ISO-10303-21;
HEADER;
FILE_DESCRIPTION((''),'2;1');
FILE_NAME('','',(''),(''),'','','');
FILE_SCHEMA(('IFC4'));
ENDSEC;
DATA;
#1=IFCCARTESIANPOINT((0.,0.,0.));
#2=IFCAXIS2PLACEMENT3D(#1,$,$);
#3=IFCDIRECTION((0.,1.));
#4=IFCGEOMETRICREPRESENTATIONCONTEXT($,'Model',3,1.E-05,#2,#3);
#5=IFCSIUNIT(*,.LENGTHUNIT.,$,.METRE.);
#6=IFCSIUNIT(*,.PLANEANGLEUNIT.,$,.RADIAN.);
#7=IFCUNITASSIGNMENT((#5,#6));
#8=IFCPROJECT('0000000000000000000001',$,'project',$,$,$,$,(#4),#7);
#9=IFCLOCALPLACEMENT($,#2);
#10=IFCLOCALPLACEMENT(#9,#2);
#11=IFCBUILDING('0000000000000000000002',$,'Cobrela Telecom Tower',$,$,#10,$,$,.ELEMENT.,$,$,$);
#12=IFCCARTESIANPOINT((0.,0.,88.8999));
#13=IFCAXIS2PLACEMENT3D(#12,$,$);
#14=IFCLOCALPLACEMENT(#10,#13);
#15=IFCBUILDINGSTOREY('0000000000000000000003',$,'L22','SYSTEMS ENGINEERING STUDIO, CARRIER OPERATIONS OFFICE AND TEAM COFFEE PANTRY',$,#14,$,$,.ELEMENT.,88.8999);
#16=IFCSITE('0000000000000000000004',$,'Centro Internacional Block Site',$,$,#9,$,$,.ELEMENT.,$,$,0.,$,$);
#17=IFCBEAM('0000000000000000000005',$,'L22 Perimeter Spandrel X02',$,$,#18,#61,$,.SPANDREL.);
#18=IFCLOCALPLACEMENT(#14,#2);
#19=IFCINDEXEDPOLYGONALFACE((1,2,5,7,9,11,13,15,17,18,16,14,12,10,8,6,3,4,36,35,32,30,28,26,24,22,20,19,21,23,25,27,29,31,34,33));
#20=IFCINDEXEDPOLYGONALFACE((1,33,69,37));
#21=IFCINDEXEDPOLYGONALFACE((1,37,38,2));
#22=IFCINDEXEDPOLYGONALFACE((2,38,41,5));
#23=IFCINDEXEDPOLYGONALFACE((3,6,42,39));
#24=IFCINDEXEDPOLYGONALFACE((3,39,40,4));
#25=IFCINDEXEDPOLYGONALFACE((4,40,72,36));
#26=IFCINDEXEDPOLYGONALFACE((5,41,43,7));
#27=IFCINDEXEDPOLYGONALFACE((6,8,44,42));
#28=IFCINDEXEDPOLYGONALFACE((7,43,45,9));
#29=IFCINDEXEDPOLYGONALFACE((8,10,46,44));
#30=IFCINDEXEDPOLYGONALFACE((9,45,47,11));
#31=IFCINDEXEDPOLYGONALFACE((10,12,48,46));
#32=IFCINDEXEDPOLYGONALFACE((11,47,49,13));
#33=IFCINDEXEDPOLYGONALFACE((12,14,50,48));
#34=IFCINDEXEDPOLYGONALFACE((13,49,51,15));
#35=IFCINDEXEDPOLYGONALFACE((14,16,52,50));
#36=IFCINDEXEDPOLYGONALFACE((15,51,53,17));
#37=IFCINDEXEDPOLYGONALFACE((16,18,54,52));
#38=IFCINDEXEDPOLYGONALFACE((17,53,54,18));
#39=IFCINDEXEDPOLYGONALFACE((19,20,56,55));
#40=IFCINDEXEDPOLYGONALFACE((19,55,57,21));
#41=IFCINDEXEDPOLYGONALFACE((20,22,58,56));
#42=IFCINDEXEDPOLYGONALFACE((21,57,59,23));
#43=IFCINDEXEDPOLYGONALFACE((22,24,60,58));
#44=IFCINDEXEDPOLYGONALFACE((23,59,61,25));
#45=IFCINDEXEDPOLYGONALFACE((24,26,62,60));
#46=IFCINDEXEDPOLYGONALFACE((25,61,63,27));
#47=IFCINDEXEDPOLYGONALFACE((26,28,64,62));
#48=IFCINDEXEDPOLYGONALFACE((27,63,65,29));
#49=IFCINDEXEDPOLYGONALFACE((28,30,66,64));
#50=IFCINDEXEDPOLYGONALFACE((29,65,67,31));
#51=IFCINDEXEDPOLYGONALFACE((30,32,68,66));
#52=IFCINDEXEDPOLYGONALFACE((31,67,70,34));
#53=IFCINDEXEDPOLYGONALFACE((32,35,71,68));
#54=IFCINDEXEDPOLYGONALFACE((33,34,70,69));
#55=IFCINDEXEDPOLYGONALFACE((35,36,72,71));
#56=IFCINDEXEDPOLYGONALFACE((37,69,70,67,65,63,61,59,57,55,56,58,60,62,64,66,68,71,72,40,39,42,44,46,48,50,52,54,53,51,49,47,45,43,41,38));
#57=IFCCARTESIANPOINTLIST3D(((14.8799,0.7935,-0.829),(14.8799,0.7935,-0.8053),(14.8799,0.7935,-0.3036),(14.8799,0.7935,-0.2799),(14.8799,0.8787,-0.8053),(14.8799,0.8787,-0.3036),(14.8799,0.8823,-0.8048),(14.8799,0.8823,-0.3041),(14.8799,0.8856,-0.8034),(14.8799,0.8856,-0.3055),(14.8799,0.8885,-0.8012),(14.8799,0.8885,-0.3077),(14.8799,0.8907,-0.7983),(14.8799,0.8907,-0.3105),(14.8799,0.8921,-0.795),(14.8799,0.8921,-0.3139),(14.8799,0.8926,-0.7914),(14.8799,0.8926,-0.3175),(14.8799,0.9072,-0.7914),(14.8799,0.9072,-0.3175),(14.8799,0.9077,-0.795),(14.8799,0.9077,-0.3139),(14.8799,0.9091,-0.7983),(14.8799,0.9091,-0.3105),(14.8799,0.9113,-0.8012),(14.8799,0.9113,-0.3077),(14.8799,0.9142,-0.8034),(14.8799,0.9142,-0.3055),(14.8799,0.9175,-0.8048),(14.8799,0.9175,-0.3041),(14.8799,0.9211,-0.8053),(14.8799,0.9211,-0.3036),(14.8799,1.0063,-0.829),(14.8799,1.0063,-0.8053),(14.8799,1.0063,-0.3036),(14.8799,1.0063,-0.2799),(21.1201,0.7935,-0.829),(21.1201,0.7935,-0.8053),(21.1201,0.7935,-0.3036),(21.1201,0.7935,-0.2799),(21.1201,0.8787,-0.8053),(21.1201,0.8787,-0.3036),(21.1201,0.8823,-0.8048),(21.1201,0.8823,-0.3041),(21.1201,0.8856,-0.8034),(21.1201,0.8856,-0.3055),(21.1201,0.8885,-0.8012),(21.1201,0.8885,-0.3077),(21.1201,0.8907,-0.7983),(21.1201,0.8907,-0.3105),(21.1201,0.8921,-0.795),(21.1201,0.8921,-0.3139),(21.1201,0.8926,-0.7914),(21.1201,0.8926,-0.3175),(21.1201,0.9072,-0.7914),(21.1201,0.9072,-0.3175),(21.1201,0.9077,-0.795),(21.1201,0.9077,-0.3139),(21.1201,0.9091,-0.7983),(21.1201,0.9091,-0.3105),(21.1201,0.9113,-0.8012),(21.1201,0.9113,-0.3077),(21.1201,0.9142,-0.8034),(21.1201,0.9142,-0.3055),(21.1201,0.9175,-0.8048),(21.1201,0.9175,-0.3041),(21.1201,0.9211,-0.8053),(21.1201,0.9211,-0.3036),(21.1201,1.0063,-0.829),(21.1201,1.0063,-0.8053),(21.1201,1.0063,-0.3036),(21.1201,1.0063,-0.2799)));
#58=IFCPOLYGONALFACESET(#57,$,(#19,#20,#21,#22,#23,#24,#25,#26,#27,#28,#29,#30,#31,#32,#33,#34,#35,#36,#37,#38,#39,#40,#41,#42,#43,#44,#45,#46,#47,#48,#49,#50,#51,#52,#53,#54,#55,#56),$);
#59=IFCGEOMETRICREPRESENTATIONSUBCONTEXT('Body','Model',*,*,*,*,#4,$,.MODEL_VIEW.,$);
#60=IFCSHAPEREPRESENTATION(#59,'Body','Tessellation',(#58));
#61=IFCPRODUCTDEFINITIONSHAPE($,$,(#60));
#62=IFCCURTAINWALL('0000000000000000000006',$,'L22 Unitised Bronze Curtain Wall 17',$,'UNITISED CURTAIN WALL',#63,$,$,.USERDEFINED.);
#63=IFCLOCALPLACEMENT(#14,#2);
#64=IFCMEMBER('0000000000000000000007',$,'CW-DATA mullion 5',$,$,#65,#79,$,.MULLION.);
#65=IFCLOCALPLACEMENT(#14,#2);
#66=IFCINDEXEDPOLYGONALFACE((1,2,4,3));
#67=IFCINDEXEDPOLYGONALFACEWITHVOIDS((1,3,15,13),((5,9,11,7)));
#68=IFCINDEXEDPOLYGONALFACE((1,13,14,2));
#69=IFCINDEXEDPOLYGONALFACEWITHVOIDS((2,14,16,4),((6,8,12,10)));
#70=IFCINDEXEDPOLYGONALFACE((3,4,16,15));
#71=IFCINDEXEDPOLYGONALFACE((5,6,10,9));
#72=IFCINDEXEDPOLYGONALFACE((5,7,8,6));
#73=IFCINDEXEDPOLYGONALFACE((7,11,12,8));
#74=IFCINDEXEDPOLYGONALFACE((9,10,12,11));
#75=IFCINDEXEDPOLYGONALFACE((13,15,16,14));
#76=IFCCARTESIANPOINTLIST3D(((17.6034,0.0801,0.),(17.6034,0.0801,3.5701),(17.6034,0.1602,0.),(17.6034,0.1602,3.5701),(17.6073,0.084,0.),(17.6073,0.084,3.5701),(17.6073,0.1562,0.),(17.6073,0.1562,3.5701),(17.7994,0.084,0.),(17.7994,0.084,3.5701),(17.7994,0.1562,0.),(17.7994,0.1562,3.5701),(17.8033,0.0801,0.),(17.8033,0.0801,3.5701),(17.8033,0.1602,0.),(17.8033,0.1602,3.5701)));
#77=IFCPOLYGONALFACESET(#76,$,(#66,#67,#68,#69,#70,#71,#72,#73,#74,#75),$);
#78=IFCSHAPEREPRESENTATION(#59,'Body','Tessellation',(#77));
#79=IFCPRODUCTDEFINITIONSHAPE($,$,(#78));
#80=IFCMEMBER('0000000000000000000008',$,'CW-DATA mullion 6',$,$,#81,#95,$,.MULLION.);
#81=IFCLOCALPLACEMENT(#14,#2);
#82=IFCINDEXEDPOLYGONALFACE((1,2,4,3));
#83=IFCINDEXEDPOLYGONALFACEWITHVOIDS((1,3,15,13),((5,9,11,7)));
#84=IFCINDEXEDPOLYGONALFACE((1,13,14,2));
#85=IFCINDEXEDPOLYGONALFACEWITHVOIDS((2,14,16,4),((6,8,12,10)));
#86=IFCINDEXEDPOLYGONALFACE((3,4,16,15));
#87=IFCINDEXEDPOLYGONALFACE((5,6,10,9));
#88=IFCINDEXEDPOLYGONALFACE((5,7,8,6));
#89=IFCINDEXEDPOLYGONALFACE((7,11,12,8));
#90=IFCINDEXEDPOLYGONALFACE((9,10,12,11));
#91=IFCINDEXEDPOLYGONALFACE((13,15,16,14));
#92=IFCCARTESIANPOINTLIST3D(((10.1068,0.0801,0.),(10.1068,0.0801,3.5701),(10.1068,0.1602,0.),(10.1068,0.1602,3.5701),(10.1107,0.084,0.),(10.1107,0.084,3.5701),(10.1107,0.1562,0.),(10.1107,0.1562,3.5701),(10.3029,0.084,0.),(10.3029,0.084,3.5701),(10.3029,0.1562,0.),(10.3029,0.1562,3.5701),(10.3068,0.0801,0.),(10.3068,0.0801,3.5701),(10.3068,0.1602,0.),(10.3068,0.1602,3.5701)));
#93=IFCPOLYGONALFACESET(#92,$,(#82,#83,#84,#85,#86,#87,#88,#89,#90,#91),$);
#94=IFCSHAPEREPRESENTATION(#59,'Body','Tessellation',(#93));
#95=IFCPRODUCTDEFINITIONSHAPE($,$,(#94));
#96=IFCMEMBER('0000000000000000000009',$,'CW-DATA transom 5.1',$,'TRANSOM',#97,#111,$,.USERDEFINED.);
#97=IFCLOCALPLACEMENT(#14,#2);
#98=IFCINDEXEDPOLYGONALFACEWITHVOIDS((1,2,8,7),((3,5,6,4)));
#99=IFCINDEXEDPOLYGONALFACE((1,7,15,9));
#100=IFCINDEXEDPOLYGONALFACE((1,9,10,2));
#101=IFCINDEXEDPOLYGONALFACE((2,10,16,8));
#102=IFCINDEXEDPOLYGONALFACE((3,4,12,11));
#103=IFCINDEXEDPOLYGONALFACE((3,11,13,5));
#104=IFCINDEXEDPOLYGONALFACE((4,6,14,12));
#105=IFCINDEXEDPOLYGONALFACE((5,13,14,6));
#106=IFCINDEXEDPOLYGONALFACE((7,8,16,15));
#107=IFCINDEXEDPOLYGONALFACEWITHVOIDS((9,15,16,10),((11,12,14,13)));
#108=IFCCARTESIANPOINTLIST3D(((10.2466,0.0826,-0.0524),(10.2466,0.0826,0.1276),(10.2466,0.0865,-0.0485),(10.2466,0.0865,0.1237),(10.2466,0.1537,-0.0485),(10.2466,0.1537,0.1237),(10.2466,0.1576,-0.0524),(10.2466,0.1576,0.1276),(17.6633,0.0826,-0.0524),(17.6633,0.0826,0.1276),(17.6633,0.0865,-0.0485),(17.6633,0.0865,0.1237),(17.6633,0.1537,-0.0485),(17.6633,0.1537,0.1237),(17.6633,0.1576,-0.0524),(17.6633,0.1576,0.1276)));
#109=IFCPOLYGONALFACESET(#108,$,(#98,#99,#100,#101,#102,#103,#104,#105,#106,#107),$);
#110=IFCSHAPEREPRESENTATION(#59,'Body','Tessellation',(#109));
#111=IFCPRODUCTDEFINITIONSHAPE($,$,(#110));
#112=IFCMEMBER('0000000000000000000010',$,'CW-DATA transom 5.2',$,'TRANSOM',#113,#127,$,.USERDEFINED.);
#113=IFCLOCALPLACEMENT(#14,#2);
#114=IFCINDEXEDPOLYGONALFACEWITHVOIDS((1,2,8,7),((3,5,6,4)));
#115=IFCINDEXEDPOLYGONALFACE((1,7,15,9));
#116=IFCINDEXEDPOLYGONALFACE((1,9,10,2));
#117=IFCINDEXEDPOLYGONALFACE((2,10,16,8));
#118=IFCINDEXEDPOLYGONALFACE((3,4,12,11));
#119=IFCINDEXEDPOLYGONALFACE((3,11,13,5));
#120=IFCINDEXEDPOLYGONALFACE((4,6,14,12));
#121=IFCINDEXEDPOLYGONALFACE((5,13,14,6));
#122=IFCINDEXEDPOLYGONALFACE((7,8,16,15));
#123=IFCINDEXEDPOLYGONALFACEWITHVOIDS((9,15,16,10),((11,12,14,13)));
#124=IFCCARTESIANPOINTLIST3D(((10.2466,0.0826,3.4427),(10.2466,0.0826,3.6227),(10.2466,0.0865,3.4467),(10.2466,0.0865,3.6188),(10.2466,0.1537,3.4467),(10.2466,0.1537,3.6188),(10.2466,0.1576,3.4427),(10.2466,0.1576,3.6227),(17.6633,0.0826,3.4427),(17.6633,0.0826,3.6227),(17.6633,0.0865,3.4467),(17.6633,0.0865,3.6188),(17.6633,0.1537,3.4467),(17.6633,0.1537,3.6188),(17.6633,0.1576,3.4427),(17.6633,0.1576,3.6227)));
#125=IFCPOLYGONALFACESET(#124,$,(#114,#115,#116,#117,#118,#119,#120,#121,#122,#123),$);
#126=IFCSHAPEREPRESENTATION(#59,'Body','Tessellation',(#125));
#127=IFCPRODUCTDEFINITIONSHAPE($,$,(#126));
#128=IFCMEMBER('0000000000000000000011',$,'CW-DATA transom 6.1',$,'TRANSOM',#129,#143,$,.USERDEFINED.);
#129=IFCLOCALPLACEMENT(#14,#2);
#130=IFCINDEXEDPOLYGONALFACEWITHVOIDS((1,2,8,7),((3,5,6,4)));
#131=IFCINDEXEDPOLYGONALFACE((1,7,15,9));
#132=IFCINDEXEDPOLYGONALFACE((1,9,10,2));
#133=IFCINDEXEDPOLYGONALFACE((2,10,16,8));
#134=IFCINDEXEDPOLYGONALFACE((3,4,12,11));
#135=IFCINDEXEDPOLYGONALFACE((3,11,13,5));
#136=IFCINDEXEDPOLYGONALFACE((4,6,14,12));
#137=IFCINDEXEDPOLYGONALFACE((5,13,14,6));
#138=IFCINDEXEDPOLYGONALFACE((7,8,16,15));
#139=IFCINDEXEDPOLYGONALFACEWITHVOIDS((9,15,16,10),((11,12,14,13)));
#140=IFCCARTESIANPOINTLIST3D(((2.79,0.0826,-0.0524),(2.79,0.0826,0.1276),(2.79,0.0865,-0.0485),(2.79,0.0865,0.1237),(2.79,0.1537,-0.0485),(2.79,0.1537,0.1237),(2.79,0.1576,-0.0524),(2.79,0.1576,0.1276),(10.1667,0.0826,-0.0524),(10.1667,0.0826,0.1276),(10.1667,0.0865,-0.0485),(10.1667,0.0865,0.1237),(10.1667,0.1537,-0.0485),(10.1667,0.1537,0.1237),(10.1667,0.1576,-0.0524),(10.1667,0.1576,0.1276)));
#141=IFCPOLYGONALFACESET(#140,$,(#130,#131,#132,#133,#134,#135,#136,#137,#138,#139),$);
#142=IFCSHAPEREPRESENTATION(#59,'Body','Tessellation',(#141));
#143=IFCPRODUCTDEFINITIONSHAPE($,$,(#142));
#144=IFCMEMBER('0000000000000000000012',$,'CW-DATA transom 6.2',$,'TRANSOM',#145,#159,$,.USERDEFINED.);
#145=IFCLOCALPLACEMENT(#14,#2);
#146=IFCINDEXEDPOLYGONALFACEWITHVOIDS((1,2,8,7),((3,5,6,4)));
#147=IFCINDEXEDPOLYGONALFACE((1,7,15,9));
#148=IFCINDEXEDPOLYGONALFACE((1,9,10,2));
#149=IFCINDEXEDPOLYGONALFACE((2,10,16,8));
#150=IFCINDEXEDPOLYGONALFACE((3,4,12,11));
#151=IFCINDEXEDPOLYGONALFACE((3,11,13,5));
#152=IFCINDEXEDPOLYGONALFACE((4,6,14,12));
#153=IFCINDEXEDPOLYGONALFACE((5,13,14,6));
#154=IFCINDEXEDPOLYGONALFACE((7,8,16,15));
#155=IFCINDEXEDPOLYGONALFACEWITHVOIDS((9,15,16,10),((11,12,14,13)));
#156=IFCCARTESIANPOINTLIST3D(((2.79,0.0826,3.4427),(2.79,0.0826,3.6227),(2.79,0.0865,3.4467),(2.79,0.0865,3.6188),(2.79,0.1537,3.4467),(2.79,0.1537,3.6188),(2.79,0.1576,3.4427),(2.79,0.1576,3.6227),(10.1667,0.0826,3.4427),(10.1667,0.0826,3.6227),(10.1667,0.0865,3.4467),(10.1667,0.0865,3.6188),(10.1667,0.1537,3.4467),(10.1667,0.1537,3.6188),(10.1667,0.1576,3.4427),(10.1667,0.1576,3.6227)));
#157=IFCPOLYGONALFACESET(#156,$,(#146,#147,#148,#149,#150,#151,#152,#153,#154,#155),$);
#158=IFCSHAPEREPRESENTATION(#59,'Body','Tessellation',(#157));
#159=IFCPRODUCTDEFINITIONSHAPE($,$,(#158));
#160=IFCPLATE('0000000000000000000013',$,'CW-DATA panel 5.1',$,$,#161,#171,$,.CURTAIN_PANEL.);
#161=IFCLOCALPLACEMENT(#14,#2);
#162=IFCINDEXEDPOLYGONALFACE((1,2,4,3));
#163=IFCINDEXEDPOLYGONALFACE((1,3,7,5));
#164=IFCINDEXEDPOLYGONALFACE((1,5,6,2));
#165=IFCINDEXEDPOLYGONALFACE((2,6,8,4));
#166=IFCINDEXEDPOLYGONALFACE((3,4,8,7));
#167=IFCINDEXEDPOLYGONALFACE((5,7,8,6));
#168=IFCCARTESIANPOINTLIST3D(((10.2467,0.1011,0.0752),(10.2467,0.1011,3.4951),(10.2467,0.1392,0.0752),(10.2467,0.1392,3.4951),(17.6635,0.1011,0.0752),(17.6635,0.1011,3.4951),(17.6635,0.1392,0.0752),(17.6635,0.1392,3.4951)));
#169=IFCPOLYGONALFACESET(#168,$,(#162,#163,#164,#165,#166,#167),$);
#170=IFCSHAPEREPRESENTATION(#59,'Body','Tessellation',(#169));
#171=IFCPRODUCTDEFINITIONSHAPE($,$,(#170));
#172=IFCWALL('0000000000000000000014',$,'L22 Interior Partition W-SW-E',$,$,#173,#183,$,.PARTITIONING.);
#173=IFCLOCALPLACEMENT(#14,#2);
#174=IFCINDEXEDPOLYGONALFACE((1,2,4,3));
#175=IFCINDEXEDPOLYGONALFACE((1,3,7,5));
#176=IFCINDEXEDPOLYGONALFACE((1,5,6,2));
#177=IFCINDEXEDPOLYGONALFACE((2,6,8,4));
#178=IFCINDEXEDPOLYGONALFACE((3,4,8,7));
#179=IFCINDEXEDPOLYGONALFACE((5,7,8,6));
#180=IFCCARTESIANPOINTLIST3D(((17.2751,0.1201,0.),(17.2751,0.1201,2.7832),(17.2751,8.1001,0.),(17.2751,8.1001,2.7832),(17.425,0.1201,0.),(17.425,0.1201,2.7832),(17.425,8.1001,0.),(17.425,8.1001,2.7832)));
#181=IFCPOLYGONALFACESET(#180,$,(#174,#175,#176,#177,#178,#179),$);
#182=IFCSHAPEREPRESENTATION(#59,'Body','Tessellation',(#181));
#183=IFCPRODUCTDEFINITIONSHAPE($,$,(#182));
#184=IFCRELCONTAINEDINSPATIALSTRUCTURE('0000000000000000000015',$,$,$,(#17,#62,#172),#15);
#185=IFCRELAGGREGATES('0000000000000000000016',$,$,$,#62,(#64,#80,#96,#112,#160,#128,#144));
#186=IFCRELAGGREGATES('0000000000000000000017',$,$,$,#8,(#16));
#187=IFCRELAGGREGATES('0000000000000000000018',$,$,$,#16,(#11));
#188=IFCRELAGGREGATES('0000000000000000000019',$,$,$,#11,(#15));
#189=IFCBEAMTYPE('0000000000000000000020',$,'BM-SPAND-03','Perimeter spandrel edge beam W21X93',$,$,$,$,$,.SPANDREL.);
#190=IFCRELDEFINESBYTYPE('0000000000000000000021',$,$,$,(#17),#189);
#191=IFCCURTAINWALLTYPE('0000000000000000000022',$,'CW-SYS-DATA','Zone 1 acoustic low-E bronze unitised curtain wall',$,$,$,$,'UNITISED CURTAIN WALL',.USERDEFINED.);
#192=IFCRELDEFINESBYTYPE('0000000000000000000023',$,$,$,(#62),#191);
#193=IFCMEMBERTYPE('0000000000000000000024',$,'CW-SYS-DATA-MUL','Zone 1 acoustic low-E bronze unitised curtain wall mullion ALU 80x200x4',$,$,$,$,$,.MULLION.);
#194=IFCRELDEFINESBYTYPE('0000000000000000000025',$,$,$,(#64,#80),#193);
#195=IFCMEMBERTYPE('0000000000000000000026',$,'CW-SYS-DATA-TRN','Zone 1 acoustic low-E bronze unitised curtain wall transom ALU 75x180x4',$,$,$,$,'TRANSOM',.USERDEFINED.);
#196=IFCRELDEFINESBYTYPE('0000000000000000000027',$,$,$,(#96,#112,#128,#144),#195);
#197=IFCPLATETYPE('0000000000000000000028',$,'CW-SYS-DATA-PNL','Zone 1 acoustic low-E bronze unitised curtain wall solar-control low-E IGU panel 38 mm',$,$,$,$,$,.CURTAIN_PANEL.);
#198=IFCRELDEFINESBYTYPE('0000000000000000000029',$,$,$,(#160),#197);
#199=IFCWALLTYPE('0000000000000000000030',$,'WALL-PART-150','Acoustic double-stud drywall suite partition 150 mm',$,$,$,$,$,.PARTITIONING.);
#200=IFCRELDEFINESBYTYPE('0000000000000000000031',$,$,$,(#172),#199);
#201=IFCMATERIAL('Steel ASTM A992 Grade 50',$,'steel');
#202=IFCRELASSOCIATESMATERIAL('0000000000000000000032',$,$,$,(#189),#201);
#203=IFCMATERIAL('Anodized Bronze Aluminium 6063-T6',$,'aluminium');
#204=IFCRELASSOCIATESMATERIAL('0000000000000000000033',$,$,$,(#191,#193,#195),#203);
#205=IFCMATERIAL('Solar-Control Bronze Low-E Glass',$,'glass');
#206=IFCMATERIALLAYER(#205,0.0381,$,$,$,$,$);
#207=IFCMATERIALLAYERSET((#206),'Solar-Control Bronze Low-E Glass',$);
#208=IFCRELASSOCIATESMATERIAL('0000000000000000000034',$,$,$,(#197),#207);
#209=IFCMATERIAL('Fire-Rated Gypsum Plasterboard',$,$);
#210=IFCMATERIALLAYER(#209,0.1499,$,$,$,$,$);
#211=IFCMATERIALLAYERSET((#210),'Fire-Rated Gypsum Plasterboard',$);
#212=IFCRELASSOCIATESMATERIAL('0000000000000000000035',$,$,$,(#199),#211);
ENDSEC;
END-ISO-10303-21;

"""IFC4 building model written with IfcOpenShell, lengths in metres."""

from ifc_helpers import new_model, si_unit, direction, frame, frame_2d, origin, origin_2d, place, context, subcontext, project, spatial, rectangle, hollow_rectangle, i_section, extrude, material, layer, layer_set, material_profile, profile_set, type_object, element, aggregate, save


model = new_model("IFC4")

# Units and contexts
model_context = context("Model", 3, precision=1e-05, world=origin(), true_north=direction((0.0, 1.0)))
body_context = subcontext(model_context, "Body", "Model", "MODEL_VIEW")
ifc_project = project(units=[si_unit("LENGTHUNIT", "METRE"), si_unit("PLANEANGLEUNIT", "RADIAN")], contexts=[model_context])

# Site, building, storey
site_placement = place(None, origin())
site = spatial("IfcSite", under=ifc_project, at=site_placement, Name="Centro Internacional Block Site", CompositionType="ELEMENT", RefElevation=0.0)
building_placement = place(site_placement, origin())
building = spatial("IfcBuilding", under=site, at=building_placement, Name="Cobrela Telecom Tower", CompositionType="ELEMENT")
storey_placement = place(building_placement, frame((0.0, 0.0, 88.8999)))
storey = spatial("IfcBuildingStorey", under=building, at=storey_placement, Name="L22", Description="SYSTEMS ENGINEERING STUDIO, CARRIER OPERATIONS OFFICE AND TEAM COFFEE PANTRY", CompositionType="ELEMENT", Elevation=88.8999)

# Beam
ifc_material_1 = material(Name="Steel ASTM A992 Grade 50", Category="steel")
ifc_material_profile_1 = material_profile(ifc_material_1, i_section(OverallWidth=0.2129, OverallDepth=0.5491, WebThickness=0.0146, FlangeThickness=0.0237, FilletRadius=0.0139, at=origin_2d()), Name="W21X93")
ifc_profile_set_1 = profile_set([ifc_material_profile_1], Name="Steel ASTM A992 Grade 50")
beam_type_1 = type_object("IfcBeamType", Name="BM-SPAND-03", Description="Perimeter spandrel edge beam W21X93", PredefinedType="SPANDREL", material=ifc_profile_set_1)
beam_1_placement = place(storey_placement, frame((14.8799, 0.8999, -0.5544), z_axis=(1.0, 0.0, 0.0), x_axis=(0.0, 1.0, 0.0)))
element("IfcBeam", 1, at=beam_1_placement, inside=storey, type_object=beam_type_1, Name="L22 Perimeter Spandrel X02", PredefinedType="SPANDREL", context=body_context, shape_type="SweptSolid", body=[
    extrude(i_section(OverallWidth=0.2129, OverallDepth=0.5491, WebThickness=0.0146, FlangeThickness=0.0237, FilletRadius=0.0139, at=origin_2d()), origin(), (0.0, 0.0, 1.0), 6.2402),
])

# Curtain wall, members, plate
ifc_material_2 = material(Name="Anodized Bronze Aluminium 6063-T6", Category="aluminium")
curtain_wall_type = type_object("IfcCurtainWallType", Name="CW-SYS-DATA", Description="Zone 1 acoustic low-E bronze unitised curtain wall", ElementType="UNITISED CURTAIN WALL", PredefinedType="USERDEFINED", material=ifc_material_2)
curtain_wall_placement = place(storey_placement, origin())
curtain_wall = element("IfcCurtainWall", 2, at=curtain_wall_placement, inside=storey, type_object=curtain_wall_type, Name="L22 Unitised Bronze Curtain Wall 17", ObjectType="UNITISED CURTAIN WALL", PredefinedType="USERDEFINED")
ifc_material_profile_2 = material_profile(ifc_material_2, hollow_rectangle(XDim=0.0801, YDim=0.2, WallThickness=0.0039, at=origin_2d()), Name="ALU 80x200x4")
ifc_profile_set_2 = profile_set([ifc_material_profile_2], Name="Anodized Bronze Aluminium 6063-T6")
member_type_1 = type_object("IfcMemberType", Name="CW-SYS-DATA-MUL", Description="Zone 1 acoustic low-E bronze unitised curtain wall mullion ALU 80x200x4", PredefinedType="MULLION", material=ifc_profile_set_2)
member_1_placement = place(storey_placement, frame((17.7034, 0.1201, 0.0), z_axis=(0.0, 0.0, 1.0), x_axis=(0.0, -1.0, 0.0)))
member_1 = element("IfcMember", 3, at=member_1_placement, type_object=member_type_1, Name="CW-DATA mullion 5", PredefinedType="MULLION", context=body_context, shape_type="SweptSolid", body=[
    extrude(hollow_rectangle(XDim=0.0801, YDim=0.2, WallThickness=0.0039, at=origin_2d()), origin(), (0.0, 0.0, 1.0), 3.5701),
])
member_2_placement = place(storey_placement, frame((10.2068, 0.1201, 0.0), z_axis=(0.0, 0.0, 1.0), x_axis=(0.0, -1.0, 0.0)))
member_2 = element("IfcMember", 4, at=member_2_placement, type_object=member_type_1, Name="CW-DATA mullion 6", PredefinedType="MULLION", context=body_context, shape_type="SweptSolid", body=[
    extrude(hollow_rectangle(XDim=0.0801, YDim=0.2, WallThickness=0.0039, at=origin_2d()), origin(), (0.0, 0.0, 1.0), 3.5701),
])
ifc_material_profile_3 = material_profile(ifc_material_2, hollow_rectangle(XDim=0.075, YDim=0.1799, WallThickness=0.0039, at=origin_2d()), Name="ALU 75x180x4")
ifc_profile_set_3 = profile_set([ifc_material_profile_3], Name="Anodized Bronze Aluminium 6063-T6")
member_type_2 = type_object("IfcMemberType", Name="CW-SYS-DATA-TRN", Description="Zone 1 acoustic low-E bronze unitised curtain wall transom ALU 75x180x4", ElementType="TRANSOM", PredefinedType="USERDEFINED", material=ifc_profile_set_3)
member_3_placement = place(storey_placement, frame((17.6633, 0.1201, 0.0376), z_axis=(-1.0, 0.0, 0.0), x_axis=(0.0, -1.0, 0.0)))
member_3 = element("IfcMember", 5, at=member_3_placement, type_object=member_type_2, Name="CW-DATA transom 5.1", ObjectType="TRANSOM", PredefinedType="USERDEFINED", context=body_context, shape_type="SweptSolid", body=[
    extrude(hollow_rectangle(XDim=0.075, YDim=0.1799, WallThickness=0.0039, at=origin_2d()), origin(), (0.0, 0.0, 1.0), 7.4167),
])
member_4_placement = place(storey_placement, frame((17.6633, 0.1201, 3.5327), z_axis=(-1.0, 0.0, 0.0), x_axis=(0.0, -1.0, 0.0)))
member_4 = element("IfcMember", 6, at=member_4_placement, type_object=member_type_2, Name="CW-DATA transom 5.2", ObjectType="TRANSOM", PredefinedType="USERDEFINED", context=body_context, shape_type="SweptSolid", body=[
    extrude(hollow_rectangle(XDim=0.075, YDim=0.1799, WallThickness=0.0039, at=origin_2d()), origin(), (0.0, 0.0, 1.0), 7.4167),
])
member_5_placement = place(storey_placement, frame((10.1667, 0.1201, 0.0376), z_axis=(-1.0, 0.0, 0.0), x_axis=(0.0, -1.0, 0.0)))
member_5 = element("IfcMember", 7, at=member_5_placement, type_object=member_type_2, Name="CW-DATA transom 6.1", ObjectType="TRANSOM", PredefinedType="USERDEFINED", context=body_context, shape_type="SweptSolid", body=[
    extrude(hollow_rectangle(XDim=0.075, YDim=0.1799, WallThickness=0.0039, at=origin_2d()), origin(), (0.0, 0.0, 1.0), 7.3767),
])
member_6_placement = place(storey_placement, frame((10.1667, 0.1201, 3.5327), z_axis=(-1.0, 0.0, 0.0), x_axis=(0.0, -1.0, 0.0)))
member_6 = element("IfcMember", 8, at=member_6_placement, type_object=member_type_2, Name="CW-DATA transom 6.2", ObjectType="TRANSOM", PredefinedType="USERDEFINED", context=body_context, shape_type="SweptSolid", body=[
    extrude(hollow_rectangle(XDim=0.075, YDim=0.1799, WallThickness=0.0039, at=origin_2d()), origin(), (0.0, 0.0, 1.0), 7.3767),
])
ifc_material_3 = material(Name="Solar-Control Bronze Low-E Glass", Category="glass")
ifc_layer_1 = layer(ifc_material_3, 0.0381)
ifc_layer_set_1 = layer_set([ifc_layer_1], Name="Solar-Control Bronze Low-E Glass")
plate_type = type_object("IfcPlateType", Name="CW-SYS-DATA-PNL", Description="Zone 1 acoustic low-E bronze unitised curtain wall solar-control low-E IGU panel 38 mm", PredefinedType="CURTAIN_PANEL", material=ifc_layer_set_1)
plate_placement = place(storey_placement, frame((13.9551, 0.1201, 0.0752), z_axis=(0.0, 0.0, 1.0), x_axis=(-1.0, 0.0, 0.0)))
plate = element("IfcPlate", 9, at=plate_placement, type_object=plate_type, Name="CW-DATA panel 5.1", PredefinedType="CURTAIN_PANEL", context=body_context, shape_type="SweptSolid", body=[
    extrude(rectangle(XDim=7.4167, YDim=0.0381, at=origin_2d()), origin(), (0.0, 0.0, 1.0), 3.4199),
])
aggregate(curtain_wall, [member_1, member_2, member_3, member_4, plate, member_5, member_6])

# Wall
ifc_material_4 = material(Name="Fire-Rated Gypsum Plasterboard")
ifc_layer_2 = layer(ifc_material_4, 0.1499)
ifc_layer_set_2 = layer_set([ifc_layer_2], Name="Fire-Rated Gypsum Plasterboard")
wall_type = type_object("IfcWallType", Name="WALL-PART-150", Description="Acoustic double-stud drywall suite partition 150 mm", PredefinedType="PARTITIONING", material=ifc_layer_set_2)
wall_placement = place(storey_placement, frame((17.3501, 0.1201, 0.0), z_axis=(0.0, 0.0, 1.0), x_axis=(0.0, 1.0, 0.0)))
element("IfcWall", 10, at=wall_placement, inside=storey, type_object=wall_type, Name="L22 Interior Partition W-SW-E", PredefinedType="PARTITIONING", context=body_context, shape_type="SweptSolid", body=[
    extrude(rectangle(XDim=7.98, YDim=0.1499, at=frame_2d((3.99, 0.0))), origin(), (0.0, 0.0, 1.0), 2.7832),
])

save(model, "model.ifc")
